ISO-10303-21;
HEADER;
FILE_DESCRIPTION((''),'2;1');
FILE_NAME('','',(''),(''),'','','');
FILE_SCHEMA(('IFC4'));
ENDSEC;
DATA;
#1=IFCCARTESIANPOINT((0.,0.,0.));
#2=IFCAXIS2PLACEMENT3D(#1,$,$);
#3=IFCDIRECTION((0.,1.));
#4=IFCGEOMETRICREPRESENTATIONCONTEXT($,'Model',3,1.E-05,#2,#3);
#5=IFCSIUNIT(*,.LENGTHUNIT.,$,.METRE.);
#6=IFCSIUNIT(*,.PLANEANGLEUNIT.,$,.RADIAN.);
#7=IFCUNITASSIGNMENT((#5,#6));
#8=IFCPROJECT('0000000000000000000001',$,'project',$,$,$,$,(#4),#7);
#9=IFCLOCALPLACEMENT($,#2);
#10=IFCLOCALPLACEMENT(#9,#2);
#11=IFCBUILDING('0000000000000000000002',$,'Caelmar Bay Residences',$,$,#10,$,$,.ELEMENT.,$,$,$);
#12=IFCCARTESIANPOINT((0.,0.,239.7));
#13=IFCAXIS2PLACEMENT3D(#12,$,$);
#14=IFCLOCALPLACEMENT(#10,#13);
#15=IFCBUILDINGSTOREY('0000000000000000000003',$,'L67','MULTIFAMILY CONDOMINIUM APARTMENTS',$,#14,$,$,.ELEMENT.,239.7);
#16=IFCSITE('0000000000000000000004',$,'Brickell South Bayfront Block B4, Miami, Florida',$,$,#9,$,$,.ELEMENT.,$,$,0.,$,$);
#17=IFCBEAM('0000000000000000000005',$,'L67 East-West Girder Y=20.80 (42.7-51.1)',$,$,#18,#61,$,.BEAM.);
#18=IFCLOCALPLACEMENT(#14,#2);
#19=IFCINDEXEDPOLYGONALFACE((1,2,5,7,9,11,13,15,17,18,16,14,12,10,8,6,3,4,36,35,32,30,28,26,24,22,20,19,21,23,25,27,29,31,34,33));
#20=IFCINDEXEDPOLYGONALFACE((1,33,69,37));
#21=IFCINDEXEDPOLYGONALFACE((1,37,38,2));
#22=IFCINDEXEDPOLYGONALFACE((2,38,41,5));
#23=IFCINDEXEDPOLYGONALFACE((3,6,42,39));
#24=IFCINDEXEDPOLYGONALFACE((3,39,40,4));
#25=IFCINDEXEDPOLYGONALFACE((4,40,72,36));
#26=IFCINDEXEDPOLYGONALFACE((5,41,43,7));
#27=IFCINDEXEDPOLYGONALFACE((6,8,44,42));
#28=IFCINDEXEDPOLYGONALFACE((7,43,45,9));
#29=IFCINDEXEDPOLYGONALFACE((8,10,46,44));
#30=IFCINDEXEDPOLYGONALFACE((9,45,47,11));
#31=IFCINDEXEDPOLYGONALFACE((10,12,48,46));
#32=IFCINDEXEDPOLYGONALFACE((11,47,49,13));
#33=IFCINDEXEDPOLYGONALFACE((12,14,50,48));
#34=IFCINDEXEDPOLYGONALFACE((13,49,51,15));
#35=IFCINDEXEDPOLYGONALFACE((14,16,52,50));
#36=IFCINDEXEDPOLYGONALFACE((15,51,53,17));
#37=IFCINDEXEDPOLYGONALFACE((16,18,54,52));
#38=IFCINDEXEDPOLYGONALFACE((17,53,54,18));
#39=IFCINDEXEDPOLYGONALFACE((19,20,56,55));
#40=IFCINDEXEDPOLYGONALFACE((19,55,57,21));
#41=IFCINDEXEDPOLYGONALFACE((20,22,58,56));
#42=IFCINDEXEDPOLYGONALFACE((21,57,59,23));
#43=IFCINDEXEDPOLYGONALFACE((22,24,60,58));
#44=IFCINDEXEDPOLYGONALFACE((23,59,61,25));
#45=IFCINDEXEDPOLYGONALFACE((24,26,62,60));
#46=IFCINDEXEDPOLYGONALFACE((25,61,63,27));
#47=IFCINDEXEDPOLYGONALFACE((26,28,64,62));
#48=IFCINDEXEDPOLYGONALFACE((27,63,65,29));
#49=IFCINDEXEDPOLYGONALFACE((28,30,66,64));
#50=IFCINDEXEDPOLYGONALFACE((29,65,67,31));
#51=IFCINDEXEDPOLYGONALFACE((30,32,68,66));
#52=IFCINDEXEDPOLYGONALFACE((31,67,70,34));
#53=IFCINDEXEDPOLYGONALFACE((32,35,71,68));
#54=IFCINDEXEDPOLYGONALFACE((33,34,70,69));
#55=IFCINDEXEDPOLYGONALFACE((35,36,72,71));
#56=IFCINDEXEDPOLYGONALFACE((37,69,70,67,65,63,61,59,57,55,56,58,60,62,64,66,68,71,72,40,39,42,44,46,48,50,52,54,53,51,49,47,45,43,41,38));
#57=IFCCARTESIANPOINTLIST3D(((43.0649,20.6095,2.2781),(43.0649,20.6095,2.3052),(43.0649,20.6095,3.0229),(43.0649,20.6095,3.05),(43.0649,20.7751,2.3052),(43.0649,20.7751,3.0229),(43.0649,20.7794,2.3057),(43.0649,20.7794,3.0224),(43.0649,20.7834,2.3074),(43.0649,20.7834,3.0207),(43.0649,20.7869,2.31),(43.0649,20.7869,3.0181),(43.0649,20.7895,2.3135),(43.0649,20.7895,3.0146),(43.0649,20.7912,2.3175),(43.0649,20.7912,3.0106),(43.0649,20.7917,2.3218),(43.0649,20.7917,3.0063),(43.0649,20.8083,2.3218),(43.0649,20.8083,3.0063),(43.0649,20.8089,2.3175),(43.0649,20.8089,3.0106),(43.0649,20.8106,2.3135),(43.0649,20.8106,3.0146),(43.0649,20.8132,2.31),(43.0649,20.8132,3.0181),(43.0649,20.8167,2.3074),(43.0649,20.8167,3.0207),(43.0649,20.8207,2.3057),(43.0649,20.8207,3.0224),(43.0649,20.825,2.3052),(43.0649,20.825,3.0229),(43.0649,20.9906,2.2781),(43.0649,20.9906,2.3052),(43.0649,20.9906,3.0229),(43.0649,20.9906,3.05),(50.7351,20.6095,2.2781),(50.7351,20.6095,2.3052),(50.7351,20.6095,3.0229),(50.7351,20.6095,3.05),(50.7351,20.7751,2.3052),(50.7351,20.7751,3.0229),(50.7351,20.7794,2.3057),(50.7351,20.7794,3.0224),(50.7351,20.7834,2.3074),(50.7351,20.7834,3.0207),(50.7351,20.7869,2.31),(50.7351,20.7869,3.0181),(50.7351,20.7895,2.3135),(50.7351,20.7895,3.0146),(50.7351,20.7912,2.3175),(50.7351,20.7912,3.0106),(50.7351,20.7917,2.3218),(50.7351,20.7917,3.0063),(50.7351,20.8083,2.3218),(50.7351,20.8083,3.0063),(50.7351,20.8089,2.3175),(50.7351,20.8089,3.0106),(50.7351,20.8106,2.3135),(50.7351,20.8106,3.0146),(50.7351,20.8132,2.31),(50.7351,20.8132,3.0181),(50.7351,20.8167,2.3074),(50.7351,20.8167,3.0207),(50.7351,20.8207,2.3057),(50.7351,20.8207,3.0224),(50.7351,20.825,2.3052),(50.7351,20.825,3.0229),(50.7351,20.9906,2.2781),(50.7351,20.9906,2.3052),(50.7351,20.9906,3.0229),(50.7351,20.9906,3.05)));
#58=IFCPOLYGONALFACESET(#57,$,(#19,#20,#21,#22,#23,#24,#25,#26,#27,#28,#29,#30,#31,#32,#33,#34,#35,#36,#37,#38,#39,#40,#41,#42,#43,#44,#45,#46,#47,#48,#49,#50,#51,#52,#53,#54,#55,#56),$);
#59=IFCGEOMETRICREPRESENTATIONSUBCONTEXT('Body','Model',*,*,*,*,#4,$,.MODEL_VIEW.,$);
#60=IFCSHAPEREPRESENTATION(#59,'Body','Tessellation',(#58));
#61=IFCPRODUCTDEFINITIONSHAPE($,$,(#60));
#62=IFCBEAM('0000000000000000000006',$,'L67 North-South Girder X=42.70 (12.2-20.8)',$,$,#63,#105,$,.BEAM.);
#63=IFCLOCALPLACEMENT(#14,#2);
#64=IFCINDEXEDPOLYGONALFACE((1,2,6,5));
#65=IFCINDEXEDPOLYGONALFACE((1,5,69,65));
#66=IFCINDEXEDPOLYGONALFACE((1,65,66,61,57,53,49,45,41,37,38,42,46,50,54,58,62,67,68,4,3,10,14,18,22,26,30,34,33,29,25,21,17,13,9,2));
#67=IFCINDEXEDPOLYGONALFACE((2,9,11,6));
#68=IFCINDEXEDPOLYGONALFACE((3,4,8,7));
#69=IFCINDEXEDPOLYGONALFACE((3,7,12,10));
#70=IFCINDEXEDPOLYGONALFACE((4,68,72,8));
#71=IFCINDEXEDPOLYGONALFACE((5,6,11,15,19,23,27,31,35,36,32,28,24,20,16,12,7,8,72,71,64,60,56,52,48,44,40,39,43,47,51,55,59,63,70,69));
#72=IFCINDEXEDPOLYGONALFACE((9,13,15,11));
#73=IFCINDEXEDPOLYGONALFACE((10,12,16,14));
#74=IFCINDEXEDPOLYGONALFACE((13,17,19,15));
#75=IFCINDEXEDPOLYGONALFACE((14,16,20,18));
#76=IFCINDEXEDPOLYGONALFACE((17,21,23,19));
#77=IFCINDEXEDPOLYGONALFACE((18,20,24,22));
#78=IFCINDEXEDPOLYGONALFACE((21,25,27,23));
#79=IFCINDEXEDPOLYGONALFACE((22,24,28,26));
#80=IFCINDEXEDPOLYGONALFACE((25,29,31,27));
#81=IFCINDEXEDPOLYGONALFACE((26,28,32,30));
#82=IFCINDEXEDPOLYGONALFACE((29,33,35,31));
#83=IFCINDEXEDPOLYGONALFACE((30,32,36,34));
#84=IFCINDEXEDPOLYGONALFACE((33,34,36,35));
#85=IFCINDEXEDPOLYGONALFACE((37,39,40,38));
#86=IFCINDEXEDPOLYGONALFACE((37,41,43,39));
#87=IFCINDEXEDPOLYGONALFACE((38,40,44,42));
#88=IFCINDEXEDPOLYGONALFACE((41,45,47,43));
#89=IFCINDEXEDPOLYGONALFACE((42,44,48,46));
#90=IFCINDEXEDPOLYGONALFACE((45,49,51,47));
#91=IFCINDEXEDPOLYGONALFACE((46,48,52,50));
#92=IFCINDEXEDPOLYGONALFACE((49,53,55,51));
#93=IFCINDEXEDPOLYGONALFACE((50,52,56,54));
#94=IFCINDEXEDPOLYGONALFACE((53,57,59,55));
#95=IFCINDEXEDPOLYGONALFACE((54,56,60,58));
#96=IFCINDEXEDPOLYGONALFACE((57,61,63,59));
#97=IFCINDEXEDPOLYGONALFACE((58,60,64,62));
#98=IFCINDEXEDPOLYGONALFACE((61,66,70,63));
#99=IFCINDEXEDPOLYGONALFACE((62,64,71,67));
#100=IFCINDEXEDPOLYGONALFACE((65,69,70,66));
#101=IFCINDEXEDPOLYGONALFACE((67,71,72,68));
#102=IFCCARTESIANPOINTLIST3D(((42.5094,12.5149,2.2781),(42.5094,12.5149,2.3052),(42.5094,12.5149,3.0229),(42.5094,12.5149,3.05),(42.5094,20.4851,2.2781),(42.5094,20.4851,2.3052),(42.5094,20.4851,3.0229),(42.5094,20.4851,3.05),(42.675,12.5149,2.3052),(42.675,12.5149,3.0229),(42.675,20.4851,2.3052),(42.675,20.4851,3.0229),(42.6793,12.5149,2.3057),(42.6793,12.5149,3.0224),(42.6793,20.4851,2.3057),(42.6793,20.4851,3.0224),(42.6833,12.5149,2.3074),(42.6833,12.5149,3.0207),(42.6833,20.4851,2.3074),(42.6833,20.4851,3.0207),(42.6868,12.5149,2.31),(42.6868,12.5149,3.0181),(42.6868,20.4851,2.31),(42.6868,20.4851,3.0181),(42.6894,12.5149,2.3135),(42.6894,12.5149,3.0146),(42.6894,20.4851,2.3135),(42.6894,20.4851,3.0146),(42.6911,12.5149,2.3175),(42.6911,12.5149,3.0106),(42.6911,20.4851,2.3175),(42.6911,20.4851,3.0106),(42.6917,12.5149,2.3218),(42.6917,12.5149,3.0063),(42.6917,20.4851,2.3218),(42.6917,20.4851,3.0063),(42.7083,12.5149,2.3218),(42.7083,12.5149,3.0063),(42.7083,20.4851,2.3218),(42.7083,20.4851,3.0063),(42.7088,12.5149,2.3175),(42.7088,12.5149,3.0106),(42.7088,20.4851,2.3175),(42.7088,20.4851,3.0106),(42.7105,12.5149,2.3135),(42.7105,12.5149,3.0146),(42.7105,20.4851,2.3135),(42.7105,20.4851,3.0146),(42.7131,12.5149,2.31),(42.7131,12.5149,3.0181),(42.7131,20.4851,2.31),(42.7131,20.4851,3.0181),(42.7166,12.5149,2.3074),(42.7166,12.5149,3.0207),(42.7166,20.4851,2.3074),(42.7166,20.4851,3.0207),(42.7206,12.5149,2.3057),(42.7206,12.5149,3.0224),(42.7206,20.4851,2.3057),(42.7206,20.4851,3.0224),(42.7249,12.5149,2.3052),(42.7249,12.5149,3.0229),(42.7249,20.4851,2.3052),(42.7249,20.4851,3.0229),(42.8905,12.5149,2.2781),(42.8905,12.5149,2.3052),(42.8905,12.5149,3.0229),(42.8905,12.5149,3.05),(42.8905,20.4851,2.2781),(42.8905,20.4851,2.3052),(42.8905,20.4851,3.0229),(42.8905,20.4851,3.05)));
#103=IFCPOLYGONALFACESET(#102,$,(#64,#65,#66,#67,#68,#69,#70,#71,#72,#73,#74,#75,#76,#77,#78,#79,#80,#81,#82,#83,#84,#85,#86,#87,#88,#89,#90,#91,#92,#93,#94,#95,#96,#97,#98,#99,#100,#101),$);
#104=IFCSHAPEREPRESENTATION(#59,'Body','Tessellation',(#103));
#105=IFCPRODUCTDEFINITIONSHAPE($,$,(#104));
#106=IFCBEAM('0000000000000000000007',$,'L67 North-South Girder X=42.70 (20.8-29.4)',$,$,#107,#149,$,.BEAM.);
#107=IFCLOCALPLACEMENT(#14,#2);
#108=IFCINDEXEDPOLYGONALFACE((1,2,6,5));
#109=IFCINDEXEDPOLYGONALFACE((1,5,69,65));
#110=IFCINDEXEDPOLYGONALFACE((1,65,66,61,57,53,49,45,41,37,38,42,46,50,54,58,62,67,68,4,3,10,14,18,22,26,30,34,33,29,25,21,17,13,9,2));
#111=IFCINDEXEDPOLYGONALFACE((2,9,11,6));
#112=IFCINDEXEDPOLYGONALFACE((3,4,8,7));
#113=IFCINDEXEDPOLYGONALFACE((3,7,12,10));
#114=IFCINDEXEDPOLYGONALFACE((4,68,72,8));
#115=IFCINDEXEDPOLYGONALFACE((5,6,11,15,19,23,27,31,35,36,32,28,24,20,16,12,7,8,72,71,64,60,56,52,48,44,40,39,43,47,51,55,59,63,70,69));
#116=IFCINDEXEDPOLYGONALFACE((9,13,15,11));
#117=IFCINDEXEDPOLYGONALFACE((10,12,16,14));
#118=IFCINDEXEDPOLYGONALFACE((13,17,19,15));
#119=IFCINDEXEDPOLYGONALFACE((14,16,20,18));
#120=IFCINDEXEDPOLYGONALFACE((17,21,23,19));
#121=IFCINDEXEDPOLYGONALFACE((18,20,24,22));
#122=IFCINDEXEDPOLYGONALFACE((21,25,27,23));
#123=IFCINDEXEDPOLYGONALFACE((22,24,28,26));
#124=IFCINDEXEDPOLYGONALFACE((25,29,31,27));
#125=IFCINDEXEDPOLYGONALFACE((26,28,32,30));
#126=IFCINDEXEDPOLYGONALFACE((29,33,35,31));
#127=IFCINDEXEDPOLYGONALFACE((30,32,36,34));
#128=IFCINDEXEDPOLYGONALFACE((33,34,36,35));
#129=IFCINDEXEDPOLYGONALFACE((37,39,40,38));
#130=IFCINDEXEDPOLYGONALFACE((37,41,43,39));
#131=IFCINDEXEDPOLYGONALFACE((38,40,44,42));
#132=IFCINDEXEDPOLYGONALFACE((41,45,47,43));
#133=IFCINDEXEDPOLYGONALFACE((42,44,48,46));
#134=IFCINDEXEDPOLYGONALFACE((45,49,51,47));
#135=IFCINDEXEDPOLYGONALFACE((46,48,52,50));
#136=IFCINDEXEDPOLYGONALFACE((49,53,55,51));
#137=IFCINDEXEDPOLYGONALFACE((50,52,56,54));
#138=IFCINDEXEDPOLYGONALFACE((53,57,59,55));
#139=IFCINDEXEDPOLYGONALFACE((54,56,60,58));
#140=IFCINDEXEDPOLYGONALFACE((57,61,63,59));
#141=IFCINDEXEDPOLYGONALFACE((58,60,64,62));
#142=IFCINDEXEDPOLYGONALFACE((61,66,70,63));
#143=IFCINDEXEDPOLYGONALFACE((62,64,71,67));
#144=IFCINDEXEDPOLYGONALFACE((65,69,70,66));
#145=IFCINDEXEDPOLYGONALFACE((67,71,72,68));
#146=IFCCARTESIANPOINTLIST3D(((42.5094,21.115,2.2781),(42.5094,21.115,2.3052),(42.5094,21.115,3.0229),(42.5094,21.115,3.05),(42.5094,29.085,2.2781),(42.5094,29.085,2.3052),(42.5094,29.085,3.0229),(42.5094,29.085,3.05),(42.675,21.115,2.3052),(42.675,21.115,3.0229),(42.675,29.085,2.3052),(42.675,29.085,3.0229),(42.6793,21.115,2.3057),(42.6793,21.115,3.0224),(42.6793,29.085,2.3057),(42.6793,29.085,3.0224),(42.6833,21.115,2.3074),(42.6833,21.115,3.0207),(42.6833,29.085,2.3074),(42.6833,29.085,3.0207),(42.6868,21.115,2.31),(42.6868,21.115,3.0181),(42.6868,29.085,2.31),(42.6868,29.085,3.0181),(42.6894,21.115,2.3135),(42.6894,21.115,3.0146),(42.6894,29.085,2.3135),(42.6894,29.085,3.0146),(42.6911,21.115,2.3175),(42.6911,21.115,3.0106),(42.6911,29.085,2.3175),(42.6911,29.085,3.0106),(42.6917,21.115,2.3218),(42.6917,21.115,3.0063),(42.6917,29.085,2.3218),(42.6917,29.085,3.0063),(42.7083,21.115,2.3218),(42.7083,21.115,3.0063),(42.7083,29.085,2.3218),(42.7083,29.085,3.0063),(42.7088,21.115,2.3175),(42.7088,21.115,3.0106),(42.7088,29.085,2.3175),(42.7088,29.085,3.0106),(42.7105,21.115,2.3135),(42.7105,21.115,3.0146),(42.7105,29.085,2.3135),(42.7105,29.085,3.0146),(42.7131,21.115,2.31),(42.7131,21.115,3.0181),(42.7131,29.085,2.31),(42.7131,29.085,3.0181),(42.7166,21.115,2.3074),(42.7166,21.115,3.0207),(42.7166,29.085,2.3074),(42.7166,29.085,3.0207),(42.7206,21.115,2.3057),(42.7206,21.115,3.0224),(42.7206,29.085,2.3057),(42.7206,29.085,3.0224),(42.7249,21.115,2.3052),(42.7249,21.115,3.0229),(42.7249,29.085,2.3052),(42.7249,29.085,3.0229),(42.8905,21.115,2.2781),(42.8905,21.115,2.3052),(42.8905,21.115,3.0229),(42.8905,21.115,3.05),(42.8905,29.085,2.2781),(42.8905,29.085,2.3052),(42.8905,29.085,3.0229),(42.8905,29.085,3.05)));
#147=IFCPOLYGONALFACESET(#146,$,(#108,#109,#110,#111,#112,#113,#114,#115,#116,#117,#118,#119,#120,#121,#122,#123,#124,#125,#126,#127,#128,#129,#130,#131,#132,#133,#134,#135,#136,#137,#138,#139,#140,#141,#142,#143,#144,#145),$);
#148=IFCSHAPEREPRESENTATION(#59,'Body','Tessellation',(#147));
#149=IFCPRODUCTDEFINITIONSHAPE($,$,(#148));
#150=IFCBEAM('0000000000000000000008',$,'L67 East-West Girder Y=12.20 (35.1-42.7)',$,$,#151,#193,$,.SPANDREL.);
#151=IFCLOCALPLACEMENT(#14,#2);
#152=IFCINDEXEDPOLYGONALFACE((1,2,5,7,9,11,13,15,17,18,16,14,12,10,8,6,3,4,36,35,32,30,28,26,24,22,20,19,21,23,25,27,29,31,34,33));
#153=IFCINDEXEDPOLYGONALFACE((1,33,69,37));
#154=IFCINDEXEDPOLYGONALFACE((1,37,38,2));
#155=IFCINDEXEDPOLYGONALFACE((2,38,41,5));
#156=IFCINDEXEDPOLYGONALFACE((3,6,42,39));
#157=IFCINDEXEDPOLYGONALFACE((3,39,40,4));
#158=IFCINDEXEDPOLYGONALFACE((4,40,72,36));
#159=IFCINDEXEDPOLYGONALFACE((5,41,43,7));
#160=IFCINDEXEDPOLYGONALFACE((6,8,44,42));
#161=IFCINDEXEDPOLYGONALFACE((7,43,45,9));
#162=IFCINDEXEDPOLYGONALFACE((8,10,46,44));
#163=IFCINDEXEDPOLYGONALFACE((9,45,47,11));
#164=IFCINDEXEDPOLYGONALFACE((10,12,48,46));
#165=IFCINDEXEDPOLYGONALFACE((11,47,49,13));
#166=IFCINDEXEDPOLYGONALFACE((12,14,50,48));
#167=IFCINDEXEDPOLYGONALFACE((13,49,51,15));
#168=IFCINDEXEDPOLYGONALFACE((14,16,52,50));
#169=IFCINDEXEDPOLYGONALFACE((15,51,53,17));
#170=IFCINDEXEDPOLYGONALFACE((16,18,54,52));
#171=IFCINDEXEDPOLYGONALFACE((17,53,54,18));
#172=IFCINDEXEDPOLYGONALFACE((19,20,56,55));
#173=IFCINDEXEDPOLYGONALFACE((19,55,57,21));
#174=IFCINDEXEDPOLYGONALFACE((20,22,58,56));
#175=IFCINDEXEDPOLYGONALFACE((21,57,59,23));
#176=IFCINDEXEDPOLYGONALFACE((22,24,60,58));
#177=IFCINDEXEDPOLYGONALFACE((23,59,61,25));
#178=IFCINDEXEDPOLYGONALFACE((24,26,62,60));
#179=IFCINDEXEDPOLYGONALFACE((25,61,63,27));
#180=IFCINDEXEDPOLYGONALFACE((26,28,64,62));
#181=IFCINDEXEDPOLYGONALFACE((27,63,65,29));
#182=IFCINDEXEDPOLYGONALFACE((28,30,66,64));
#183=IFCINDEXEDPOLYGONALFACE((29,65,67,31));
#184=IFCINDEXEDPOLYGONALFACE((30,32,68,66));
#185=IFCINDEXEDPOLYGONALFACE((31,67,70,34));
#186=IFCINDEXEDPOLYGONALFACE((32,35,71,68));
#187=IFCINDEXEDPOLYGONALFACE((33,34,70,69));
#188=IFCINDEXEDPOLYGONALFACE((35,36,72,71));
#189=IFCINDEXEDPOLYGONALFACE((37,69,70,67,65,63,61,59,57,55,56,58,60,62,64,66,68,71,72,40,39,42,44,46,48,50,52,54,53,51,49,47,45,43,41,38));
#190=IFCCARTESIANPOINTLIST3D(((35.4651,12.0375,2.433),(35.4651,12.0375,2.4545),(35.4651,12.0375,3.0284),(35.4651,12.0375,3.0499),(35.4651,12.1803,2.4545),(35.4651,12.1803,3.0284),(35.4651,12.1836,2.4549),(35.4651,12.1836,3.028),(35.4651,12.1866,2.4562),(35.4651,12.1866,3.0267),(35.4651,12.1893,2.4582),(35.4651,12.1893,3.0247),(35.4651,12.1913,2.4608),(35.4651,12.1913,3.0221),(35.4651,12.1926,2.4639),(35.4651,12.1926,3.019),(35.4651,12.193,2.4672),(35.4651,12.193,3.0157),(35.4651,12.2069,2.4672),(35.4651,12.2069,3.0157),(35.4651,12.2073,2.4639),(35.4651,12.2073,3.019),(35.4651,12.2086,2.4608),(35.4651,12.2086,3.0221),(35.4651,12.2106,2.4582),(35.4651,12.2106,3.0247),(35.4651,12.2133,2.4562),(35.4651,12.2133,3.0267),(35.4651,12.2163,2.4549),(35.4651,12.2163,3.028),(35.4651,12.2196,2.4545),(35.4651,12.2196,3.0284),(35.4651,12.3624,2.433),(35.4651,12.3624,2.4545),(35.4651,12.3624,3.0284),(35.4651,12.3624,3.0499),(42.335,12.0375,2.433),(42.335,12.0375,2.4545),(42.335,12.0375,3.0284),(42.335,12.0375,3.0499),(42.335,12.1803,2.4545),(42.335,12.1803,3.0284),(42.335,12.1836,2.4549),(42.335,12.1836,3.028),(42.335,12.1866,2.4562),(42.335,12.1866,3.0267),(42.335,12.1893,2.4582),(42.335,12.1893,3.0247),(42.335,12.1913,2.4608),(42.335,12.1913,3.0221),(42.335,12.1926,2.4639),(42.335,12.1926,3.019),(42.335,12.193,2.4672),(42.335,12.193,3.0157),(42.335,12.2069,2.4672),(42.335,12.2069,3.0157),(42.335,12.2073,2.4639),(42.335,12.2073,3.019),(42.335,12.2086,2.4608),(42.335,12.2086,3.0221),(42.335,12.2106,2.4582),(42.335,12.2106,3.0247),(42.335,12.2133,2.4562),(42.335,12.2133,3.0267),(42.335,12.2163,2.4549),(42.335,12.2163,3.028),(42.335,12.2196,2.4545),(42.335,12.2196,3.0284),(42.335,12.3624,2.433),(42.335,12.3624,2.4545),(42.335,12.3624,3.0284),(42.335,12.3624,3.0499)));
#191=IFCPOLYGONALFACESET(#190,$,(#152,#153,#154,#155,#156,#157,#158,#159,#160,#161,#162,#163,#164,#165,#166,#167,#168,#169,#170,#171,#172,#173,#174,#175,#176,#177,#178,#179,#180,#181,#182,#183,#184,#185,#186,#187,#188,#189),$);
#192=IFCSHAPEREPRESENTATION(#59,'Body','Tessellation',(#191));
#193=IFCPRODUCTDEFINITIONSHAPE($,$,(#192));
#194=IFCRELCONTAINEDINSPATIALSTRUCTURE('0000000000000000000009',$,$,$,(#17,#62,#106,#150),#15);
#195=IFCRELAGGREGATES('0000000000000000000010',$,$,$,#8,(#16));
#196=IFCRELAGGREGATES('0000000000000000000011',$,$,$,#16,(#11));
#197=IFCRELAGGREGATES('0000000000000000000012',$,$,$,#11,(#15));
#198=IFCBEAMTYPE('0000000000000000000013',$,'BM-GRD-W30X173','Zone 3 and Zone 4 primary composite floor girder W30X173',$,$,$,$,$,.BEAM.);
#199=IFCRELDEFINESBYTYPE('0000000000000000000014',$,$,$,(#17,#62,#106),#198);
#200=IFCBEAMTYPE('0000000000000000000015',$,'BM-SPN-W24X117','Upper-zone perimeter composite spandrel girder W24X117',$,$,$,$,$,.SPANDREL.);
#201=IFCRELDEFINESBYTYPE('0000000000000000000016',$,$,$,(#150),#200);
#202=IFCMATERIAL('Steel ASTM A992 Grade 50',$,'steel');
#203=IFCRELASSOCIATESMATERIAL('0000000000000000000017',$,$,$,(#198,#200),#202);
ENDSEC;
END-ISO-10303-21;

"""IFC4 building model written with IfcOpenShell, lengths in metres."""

from ifc_helpers import new_model, si_unit, direction, frame, origin, origin_2d, place, context, subcontext, project, spatial, i_section, extrude, material, material_profile, profile_set, type_object, element, save


model = new_model("IFC4")

# Units and contexts
model_context = context("Model", 3, precision=1e-05, world=origin(), true_north=direction((0.0, 1.0)))
body_context = subcontext(model_context, "Body", "Model", "MODEL_VIEW")
ifc_project = project(units=[si_unit("LENGTHUNIT", "METRE"), si_unit("PLANEANGLEUNIT", "RADIAN")], contexts=[model_context])

# Site, building, storey
site_placement = place(None, origin())
site = spatial("IfcSite", under=ifc_project, at=site_placement, Name="Brickell South Bayfront Block B4, Miami, Florida", CompositionType="ELEMENT", RefElevation=0.0)
building_placement = place(site_placement, origin())
building = spatial("IfcBuilding", under=site, at=building_placement, Name="Caelmar Bay Residences", CompositionType="ELEMENT")
storey_placement = place(building_placement, frame((0.0, 0.0, 239.7)))
storey = spatial("IfcBuildingStorey", under=building, at=storey_placement, Name="L67", Description="MULTIFAMILY CONDOMINIUM APARTMENTS", CompositionType="ELEMENT", Elevation=239.7)

# Beams
ifc_material_1 = material(Name="Steel ASTM A992 Grade 50", Category="steel")
ifc_material_profile_1 = material_profile(ifc_material_1, i_section(OverallWidth=0.3811, OverallDepth=0.772, WebThickness=0.0166, FlangeThickness=0.0271, FilletRadius=0.0166, at=origin_2d()), Name="W30X173")
ifc_profile_set_1 = profile_set([ifc_material_profile_1], Name="Steel ASTM A992 Grade 50")
beam_type_1 = type_object("IfcBeamType", Name="BM-GRD-W30X173", Description="Zone 3 and Zone 4 primary composite floor girder W30X173", PredefinedType="BEAM", material=ifc_profile_set_1)
beam_1_placement = place(storey_placement, frame((43.0649, 20.8, 2.6641), z_axis=(1.0, 0.0, 0.0), x_axis=(0.0, 1.0, 0.0)))
element("IfcBeam", 1, at=beam_1_placement, inside=storey, type_object=beam_type_1, Name="L67 East-West Girder Y=20.80 (42.7-51.1)", PredefinedType="BEAM", context=body_context, shape_type="SweptSolid", body=[
    extrude(i_section(OverallWidth=0.3811, OverallDepth=0.772, WebThickness=0.0166, FlangeThickness=0.0271, FilletRadius=0.0166, at=origin_2d()), origin(), (0.0, 0.0, 1.0), 7.6702),
])
beam_2_placement = place(storey_placement, frame((42.7, 12.5149, 2.6641), z_axis=(0.0, 1.0, 0.0), x_axis=(-1.0, 0.0, 0.0)))
element("IfcBeam", 2, at=beam_2_placement, inside=storey, type_object=beam_type_1, Name="L67 North-South Girder X=42.70 (12.2-20.8)", PredefinedType="BEAM", context=body_context, shape_type="SweptSolid", body=[
    extrude(i_section(OverallWidth=0.3811, OverallDepth=0.772, WebThickness=0.0166, FlangeThickness=0.0271, FilletRadius=0.0166, at=origin_2d()), origin(), (0.0, 0.0, 1.0), 7.9702),
])
beam_3_placement = place(storey_placement, frame((42.7, 21.115, 2.6641), z_axis=(0.0, 1.0, 0.0), x_axis=(-1.0, 0.0, 0.0)))
element("IfcBeam", 3, at=beam_3_placement, inside=storey, type_object=beam_type_1, Name="L67 North-South Girder X=42.70 (20.8-29.4)", PredefinedType="BEAM", context=body_context, shape_type="SweptSolid", body=[
    extrude(i_section(OverallWidth=0.3811, OverallDepth=0.772, WebThickness=0.0166, FlangeThickness=0.0271, FilletRadius=0.0166, at=origin_2d()), origin(), (0.0, 0.0, 1.0), 7.97),
])
ifc_material_profile_2 = material_profile(ifc_material_1, i_section(OverallWidth=0.325, OverallDepth=0.6169, WebThickness=0.0139, FlangeThickness=0.0215, FilletRadius=0.0127, at=origin_2d()), Name="W24X117")
ifc_profile_set_2 = profile_set([ifc_material_profile_2], Name="Steel ASTM A992 Grade 50")
beam_type_2 = type_object("IfcBeamType", Name="BM-SPN-W24X117", Description="Upper-zone perimeter composite spandrel girder W24X117", PredefinedType="SPANDREL", material=ifc_profile_set_2)
beam_4_placement = place(storey_placement, frame((35.4651, 12.2, 2.7415), z_axis=(1.0, 0.0, 0.0), x_axis=(0.0, 1.0, 0.0)))
element("IfcBeam", 4, at=beam_4_placement, inside=storey, type_object=beam_type_2, Name="L67 East-West Girder Y=12.20 (35.1-42.7)", PredefinedType="SPANDREL", context=body_context, shape_type="SweptSolid", body=[
    extrude(i_section(OverallWidth=0.325, OverallDepth=0.6169, WebThickness=0.0139, FlangeThickness=0.0215, FilletRadius=0.0127, at=origin_2d()), origin(), (0.0, 0.0, 1.0), 6.8699),
])

save(model, "model.ifc")
